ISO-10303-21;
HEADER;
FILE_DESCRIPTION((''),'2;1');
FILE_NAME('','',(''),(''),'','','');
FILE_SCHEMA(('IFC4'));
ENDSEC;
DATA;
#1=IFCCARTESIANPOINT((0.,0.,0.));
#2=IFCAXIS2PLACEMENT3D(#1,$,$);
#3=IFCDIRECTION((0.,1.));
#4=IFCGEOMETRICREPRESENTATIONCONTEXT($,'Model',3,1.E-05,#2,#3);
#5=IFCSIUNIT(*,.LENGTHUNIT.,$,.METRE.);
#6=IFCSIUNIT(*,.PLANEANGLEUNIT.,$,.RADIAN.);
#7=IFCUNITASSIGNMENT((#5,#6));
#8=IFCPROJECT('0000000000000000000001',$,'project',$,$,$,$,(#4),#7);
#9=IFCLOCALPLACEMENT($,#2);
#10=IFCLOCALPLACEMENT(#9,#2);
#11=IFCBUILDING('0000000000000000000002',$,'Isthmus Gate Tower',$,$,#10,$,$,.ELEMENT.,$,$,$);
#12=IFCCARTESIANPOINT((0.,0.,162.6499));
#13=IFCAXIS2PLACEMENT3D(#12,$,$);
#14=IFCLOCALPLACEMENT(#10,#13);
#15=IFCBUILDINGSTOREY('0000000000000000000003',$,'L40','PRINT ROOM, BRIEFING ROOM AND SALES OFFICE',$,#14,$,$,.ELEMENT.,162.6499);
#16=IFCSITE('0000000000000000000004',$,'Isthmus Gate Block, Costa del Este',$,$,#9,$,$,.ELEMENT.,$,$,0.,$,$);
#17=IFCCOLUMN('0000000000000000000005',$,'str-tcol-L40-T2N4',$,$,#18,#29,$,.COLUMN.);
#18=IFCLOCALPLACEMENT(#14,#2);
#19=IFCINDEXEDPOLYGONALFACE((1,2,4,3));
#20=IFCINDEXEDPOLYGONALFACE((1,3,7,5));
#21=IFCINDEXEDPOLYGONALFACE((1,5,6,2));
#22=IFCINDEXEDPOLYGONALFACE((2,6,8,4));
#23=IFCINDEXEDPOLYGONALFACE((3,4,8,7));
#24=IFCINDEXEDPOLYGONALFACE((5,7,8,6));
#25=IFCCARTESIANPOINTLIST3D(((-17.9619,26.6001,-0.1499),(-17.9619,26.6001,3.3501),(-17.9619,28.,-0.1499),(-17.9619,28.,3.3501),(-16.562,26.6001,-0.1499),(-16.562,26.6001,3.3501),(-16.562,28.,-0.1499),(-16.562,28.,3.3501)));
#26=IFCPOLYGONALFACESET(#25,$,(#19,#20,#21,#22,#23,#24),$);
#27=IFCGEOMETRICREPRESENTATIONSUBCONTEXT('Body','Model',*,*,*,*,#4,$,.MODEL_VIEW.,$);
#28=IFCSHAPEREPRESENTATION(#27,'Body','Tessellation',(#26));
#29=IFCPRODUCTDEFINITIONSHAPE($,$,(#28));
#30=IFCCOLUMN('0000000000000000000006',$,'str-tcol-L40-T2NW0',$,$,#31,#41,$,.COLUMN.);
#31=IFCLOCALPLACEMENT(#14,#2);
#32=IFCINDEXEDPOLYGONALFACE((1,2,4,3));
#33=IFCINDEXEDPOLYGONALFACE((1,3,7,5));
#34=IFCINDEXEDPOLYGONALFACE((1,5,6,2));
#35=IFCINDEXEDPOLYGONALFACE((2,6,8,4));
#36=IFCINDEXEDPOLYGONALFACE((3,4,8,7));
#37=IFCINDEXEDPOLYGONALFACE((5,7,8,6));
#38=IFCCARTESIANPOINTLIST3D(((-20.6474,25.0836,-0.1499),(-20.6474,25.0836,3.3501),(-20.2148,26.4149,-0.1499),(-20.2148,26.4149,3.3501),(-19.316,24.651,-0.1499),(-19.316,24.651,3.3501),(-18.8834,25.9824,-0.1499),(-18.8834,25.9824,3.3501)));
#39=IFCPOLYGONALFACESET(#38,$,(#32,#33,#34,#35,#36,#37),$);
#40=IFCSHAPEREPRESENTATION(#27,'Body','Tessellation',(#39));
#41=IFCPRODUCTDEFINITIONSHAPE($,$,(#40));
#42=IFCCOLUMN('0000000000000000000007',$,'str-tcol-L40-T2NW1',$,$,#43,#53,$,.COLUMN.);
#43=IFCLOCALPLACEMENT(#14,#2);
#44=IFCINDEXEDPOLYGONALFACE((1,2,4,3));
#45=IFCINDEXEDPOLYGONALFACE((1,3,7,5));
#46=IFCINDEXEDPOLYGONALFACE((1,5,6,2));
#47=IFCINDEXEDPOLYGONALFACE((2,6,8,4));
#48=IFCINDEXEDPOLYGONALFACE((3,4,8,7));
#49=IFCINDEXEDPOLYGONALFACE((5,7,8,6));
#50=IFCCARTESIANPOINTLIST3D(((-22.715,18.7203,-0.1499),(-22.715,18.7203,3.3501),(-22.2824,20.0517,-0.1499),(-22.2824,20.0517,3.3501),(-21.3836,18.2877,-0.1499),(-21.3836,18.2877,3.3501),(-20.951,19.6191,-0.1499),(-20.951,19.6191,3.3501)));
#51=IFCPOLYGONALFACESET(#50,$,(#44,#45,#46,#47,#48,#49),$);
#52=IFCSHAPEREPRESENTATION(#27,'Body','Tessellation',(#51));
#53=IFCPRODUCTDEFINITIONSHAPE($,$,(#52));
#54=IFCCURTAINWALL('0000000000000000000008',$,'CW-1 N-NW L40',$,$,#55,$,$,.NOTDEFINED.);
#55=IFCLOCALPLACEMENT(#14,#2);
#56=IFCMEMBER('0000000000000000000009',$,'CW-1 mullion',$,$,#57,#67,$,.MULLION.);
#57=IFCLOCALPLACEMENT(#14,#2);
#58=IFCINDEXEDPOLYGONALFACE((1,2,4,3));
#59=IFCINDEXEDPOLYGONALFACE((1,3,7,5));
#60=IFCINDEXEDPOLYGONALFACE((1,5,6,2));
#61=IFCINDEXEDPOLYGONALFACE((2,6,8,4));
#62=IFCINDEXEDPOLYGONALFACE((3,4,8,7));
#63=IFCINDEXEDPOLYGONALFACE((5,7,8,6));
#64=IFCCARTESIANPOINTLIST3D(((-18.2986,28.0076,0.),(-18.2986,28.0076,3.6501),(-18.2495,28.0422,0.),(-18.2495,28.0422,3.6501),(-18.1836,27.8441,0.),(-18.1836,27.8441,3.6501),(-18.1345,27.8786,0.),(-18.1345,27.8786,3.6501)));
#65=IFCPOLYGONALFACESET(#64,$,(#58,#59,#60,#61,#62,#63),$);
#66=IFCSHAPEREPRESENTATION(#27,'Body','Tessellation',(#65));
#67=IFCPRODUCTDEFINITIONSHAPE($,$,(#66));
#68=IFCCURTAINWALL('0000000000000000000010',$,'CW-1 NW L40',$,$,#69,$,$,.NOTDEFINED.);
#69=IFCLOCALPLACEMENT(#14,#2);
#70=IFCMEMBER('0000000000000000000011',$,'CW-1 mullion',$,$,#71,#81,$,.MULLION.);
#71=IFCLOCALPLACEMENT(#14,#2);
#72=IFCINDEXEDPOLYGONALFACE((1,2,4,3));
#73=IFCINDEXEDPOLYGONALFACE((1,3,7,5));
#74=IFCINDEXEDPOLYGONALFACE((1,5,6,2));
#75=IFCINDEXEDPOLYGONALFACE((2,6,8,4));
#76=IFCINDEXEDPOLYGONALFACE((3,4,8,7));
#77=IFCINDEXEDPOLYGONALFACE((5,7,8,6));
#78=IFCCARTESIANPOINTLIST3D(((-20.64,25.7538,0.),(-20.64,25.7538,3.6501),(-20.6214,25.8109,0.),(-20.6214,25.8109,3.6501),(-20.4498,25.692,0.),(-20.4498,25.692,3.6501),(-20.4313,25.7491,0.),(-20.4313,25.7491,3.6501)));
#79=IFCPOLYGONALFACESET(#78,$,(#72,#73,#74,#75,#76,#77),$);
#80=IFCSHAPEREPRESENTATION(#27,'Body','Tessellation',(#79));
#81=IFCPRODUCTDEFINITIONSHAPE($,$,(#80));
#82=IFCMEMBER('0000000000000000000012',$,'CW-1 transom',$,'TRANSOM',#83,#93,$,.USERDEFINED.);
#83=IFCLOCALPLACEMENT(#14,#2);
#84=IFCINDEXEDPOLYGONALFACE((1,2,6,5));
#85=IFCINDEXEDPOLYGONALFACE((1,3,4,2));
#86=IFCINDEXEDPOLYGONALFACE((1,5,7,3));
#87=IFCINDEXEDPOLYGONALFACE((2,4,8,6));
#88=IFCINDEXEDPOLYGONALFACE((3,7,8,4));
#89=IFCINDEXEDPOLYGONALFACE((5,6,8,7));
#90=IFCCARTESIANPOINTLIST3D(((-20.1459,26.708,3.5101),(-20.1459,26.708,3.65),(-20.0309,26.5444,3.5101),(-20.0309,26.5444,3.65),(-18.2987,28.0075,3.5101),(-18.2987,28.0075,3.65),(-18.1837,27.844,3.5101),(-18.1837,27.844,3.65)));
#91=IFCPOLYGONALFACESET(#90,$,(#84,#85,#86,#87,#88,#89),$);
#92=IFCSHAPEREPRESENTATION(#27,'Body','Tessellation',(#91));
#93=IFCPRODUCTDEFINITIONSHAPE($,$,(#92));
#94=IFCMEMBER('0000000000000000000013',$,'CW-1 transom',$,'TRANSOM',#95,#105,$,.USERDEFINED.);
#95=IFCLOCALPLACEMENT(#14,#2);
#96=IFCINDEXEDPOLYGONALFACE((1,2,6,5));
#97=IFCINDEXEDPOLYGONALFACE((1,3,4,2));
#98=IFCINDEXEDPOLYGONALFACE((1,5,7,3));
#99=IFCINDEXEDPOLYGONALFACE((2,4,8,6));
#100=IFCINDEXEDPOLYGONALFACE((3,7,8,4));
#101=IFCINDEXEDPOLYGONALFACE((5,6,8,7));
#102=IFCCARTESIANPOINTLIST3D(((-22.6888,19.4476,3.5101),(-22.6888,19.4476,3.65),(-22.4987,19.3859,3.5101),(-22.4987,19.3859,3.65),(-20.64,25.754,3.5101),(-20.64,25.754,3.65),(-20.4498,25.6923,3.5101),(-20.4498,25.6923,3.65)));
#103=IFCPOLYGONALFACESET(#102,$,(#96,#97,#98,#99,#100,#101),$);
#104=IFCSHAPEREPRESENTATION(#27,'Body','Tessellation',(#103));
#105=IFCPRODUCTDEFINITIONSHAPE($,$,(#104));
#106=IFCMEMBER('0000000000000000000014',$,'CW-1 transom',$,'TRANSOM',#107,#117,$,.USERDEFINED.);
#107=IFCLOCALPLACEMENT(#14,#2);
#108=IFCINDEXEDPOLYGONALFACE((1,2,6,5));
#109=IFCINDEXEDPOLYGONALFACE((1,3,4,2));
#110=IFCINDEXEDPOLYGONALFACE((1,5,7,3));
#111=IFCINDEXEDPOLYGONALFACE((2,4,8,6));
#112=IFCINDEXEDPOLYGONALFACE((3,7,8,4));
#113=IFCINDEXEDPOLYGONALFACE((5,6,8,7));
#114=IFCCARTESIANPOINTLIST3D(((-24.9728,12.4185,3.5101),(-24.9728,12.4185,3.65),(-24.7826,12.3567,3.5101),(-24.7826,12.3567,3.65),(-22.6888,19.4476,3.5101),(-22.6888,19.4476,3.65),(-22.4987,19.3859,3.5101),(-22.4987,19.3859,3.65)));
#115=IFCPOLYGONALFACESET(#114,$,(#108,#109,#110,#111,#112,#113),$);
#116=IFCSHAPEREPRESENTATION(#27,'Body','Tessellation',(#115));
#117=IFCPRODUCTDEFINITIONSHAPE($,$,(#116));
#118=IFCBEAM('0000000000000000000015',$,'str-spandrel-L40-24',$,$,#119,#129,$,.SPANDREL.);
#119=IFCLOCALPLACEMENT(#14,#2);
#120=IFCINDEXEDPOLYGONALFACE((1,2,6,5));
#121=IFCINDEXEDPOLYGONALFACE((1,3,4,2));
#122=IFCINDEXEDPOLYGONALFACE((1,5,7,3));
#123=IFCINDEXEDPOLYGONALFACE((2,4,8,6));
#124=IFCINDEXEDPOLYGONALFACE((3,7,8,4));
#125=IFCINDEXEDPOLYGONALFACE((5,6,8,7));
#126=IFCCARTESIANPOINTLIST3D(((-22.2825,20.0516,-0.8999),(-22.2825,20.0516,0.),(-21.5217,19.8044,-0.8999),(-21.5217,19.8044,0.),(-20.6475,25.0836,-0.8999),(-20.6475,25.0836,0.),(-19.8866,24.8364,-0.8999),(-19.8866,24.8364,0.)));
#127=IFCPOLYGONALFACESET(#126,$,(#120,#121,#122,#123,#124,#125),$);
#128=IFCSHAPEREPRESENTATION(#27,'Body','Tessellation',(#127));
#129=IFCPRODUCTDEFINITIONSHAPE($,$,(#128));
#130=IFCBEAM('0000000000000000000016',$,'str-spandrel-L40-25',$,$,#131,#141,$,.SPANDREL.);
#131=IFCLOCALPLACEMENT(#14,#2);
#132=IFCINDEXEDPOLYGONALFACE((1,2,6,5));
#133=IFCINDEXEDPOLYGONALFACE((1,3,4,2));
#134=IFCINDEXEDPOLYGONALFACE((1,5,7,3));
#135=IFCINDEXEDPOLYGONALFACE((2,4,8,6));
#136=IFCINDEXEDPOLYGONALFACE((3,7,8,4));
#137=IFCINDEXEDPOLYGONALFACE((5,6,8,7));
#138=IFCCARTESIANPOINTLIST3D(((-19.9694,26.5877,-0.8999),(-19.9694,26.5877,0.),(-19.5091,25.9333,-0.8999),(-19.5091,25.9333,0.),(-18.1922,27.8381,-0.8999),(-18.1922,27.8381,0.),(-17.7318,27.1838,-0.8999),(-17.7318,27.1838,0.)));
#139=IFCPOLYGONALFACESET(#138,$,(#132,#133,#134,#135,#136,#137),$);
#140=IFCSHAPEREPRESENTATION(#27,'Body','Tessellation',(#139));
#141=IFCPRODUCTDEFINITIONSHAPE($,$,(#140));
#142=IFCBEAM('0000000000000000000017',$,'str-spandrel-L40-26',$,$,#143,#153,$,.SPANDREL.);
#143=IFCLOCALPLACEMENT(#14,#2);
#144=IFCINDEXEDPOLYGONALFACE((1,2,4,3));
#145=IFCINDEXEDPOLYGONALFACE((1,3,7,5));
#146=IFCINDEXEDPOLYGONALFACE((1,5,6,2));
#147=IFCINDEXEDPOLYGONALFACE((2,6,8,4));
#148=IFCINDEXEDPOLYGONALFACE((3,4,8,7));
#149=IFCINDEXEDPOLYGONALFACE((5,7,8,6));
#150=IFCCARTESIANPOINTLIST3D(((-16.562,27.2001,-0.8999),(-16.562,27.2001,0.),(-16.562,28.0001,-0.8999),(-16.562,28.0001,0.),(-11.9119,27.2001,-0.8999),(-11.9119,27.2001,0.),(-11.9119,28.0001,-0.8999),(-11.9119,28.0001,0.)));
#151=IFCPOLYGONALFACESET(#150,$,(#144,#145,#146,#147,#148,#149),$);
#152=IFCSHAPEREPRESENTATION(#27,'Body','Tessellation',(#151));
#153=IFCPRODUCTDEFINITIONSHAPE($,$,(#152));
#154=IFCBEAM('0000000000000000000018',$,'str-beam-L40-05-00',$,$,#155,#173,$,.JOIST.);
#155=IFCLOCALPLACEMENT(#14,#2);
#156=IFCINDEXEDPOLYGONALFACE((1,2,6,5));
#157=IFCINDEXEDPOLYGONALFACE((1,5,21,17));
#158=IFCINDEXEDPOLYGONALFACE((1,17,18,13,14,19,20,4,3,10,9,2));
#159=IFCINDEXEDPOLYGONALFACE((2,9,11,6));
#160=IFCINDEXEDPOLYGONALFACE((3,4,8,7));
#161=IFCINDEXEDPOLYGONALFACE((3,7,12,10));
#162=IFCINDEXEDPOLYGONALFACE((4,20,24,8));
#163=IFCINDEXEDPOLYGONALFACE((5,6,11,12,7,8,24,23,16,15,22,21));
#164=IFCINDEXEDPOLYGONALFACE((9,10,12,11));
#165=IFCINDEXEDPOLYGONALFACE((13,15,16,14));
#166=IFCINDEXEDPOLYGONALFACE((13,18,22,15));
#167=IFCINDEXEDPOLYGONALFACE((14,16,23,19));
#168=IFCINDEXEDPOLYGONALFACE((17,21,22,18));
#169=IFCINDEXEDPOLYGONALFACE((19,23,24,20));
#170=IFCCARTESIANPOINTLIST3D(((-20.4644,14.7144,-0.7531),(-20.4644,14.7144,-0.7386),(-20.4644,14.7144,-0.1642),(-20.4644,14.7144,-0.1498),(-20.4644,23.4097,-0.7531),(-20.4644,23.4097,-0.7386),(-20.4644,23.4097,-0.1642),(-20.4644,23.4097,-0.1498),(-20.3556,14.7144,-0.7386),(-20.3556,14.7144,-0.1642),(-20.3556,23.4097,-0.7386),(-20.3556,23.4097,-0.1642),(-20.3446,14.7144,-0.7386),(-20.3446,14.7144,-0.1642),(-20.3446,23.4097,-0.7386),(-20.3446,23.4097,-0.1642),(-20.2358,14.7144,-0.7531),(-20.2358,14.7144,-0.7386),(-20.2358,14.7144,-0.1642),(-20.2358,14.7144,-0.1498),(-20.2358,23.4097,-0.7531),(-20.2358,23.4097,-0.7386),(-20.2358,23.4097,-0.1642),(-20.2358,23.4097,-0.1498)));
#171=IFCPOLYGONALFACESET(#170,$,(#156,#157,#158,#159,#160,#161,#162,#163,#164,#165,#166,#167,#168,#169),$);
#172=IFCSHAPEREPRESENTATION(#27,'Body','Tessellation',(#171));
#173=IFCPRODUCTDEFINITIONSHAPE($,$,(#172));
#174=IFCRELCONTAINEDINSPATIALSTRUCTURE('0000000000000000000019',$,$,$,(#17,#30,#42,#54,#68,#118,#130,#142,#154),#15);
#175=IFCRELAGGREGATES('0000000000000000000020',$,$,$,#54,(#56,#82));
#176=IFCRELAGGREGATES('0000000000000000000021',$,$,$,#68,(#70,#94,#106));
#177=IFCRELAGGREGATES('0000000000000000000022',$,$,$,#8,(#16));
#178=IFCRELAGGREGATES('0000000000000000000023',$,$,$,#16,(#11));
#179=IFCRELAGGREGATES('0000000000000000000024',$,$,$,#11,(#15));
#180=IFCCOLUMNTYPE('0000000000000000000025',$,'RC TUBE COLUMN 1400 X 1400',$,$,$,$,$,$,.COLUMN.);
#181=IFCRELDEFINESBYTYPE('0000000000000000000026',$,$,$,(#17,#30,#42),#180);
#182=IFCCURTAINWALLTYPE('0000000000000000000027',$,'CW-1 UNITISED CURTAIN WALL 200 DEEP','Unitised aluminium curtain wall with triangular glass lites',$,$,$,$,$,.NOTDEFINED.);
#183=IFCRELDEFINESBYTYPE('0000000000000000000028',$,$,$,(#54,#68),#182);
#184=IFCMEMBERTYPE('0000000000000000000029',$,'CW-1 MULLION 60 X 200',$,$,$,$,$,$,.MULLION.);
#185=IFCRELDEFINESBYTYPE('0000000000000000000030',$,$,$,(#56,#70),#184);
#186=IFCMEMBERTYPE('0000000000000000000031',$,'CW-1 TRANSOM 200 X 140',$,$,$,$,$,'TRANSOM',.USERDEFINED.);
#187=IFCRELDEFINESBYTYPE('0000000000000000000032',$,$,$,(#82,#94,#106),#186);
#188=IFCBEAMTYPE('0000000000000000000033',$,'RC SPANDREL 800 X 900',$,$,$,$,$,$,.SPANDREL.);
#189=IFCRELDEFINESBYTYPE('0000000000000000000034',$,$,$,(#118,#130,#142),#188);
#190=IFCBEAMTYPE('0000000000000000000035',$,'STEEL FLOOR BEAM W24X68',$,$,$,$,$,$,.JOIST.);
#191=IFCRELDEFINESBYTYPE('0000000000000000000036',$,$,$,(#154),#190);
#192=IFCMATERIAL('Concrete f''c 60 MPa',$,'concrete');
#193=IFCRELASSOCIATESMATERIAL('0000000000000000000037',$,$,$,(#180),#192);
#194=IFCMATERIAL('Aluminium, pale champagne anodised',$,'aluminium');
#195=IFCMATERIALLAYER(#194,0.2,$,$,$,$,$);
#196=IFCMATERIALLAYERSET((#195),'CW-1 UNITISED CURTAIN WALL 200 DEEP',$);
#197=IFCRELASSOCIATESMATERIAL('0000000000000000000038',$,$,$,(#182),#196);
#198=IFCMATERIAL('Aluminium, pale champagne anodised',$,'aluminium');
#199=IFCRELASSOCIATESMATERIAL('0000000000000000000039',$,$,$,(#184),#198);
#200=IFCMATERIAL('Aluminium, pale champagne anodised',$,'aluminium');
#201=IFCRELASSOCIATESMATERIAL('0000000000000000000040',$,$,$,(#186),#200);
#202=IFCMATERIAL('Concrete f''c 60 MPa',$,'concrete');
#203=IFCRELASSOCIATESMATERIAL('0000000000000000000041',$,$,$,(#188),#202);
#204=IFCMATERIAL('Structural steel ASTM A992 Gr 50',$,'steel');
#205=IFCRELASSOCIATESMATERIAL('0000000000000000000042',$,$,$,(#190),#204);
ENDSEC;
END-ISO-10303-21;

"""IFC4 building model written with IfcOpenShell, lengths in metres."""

from ifc_helpers import new_model, si_unit, direction, frame, origin, origin_2d, place, context, subcontext, project, spatial, rectangle, i_section, extrude, material, layer, layer_set, material_profile, profile_set, type_object, element, aggregate, save


model = new_model("IFC4")

# Units and contexts
model_context = context("Model", 3, precision=1e-05, world=origin(), true_north=direction((0.0, 1.0)))
body_context = subcontext(model_context, "Body", "Model", "MODEL_VIEW")
ifc_project = project(units=[si_unit("LENGTHUNIT", "METRE"), si_unit("PLANEANGLEUNIT", "RADIAN")], contexts=[model_context])

# Site, building, storey
site_placement = place(None, origin())
site = spatial("IfcSite", under=ifc_project, at=site_placement, Name="Isthmus Gate Block, Costa del Este", CompositionType="ELEMENT", RefElevation=0.0)
building_placement = place(site_placement, origin())
building = spatial("IfcBuilding", under=site, at=building_placement, Name="Isthmus Gate Tower", CompositionType="ELEMENT")
storey_placement = place(building_placement, frame((0.0, 0.0, 162.6499)))
storey = spatial("IfcBuildingStorey", under=building, at=storey_placement, Name="L40", Description="PRINT ROOM, BRIEFING ROOM AND SALES OFFICE", CompositionType="ELEMENT", Elevation=162.6499)

# Columns
ifc_material_1 = material(Name="Concrete f'c 60 MPa", Category="concrete")
ifc_material_profile_1 = material_profile(ifc_material_1, rectangle(XDim=1.3999, YDim=1.3999, at=origin_2d()), Name="RC 1400X1400")
ifc_profile_set_1 = profile_set([ifc_material_profile_1], Name="Concrete f'c 60 MPa")
column_type = type_object("IfcColumnType", Name="RC TUBE COLUMN 1400 X 1400", PredefinedType="COLUMN", material=ifc_profile_set_1)
for number, where, z_axis, x_axis, name in (
    (1, (-17.262, 27.3, -0.1499), (0.0, 0.0, 1.0), (-1.0, 0.0, 0.0), "str-tcol-L40-T2N4"),
    (2, (-19.7654, 25.533, -0.1499), (0.0, 0.0, 1.0), (-0.309017, -0.951057, 0.0), "str-tcol-L40-T2NW0"),
    (3, (-21.833, 19.1697, -0.1499), (0.0, 0.0, 1.0), (-0.309017, -0.951057, 0.0), "str-tcol-L40-T2NW1"),
):
    element("IfcColumn", number, at=place(storey_placement, frame(where, z_axis=z_axis, x_axis=x_axis)), inside=storey, type_object=column_type, Name=name, PredefinedType="COLUMN", context=body_context, shape_type="SweptSolid", body=[
        extrude(rectangle(XDim=1.3999, YDim=1.3999, at=origin_2d()), origin(), (0.0, 0.0, 1.0), 3.5),
    ])

# Curtain walls, members
ifc_material_2 = material(Name="Aluminium, pale champagne anodised", Category="aluminium")
ifc_layer_1 = layer(ifc_material_2, 0.2)
ifc_layer_set_1 = layer_set([ifc_layer_1], Name="CW-1 UNITISED CURTAIN WALL 200 DEEP")
curtain_wall_type = type_object("IfcCurtainWallType", Name="CW-1 UNITISED CURTAIN WALL 200 DEEP", Description="Unitised aluminium curtain wall with triangular glass lites", PredefinedType="NOTDEFINED", material=ifc_layer_set_1)
curtain_wall_1_placement = place(storey_placement, origin())
curtain_wall_1 = element("IfcCurtainWall", 4, at=curtain_wall_1_placement, inside=storey, type_object=curtain_wall_type, Name="CW-1 N-NW L40", PredefinedType="NOTDEFINED")
ifc_material_3 = material(Name="Aluminium, pale champagne anodised", Category="aluminium")
ifc_material_profile_2 = material_profile(ifc_material_3, rectangle(XDim=0.0601, YDim=0.2, at=origin_2d()), Name="60x200")
ifc_profile_set_2 = profile_set([ifc_material_profile_2], Name="Aluminium, pale champagne anodised")
member_type_1 = type_object("IfcMemberType", Name="CW-1 MULLION 60 X 200", PredefinedType="MULLION", material=ifc_profile_set_2)
member_1_placement = place(storey_placement, frame((-18.2166, 27.9431, 0.0), z_axis=(0.0, 0.0, 1.0), x_axis=(-0.81786, -0.575418, 0.0)))
member_1 = element("IfcMember", 5, at=member_1_placement, type_object=member_type_1, Name="CW-1 mullion", PredefinedType="MULLION", context=body_context, shape_type="SweptSolid", body=[
    extrude(rectangle(XDim=0.0601, YDim=0.2, at=origin_2d()), origin(), (0.0, 0.0, 1.0), 3.6501),
])
curtain_wall_2_placement = place(storey_placement, origin())
curtain_wall_2 = element("IfcCurtainWall", 6, at=curtain_wall_2_placement, inside=storey, type_object=curtain_wall_type, Name="CW-1 NW L40", PredefinedType="NOTDEFINED")
member_2_placement = place(storey_placement, frame((-20.5356, 25.7515, 0.0), z_axis=(0.0, 0.0, 1.0), x_axis=(-0.309017, -0.951057, 0.0)))
member_2 = element("IfcMember", 7, at=member_2_placement, type_object=member_type_1, Name="CW-1 mullion", PredefinedType="MULLION", context=body_context, shape_type="SweptSolid", body=[
    extrude(rectangle(XDim=0.0601, YDim=0.2, at=origin_2d()), origin(), (0.0, 0.0, 1.0), 3.6501),
])

# Members
ifc_material_4 = material(Name="Aluminium, pale champagne anodised", Category="aluminium")
ifc_material_profile_3 = material_profile(ifc_material_4, rectangle(XDim=0.2, YDim=0.1399, at=origin_2d()), Name="200x140")
ifc_profile_set_3 = profile_set([ifc_material_profile_3], Name="Aluminium, pale champagne anodised")
member_type_2 = type_object("IfcMemberType", Name="CW-1 TRANSOM 200 X 140", ElementType="TRANSOM", PredefinedType="USERDEFINED", material=ifc_profile_set_3)
member_3_placement = place(storey_placement, frame((-18.2412, 27.9258, 3.5801), z_axis=(-0.817869, -0.575405, 0.0), x_axis=(0.575405, -0.817869, 0.0)))
member_3 = element("IfcMember", 8, at=member_3_placement, type_object=member_type_2, Name="CW-1 transom", ObjectType="TRANSOM", PredefinedType="USERDEFINED", context=body_context, shape_type="SweptSolid", body=[
    extrude(rectangle(XDim=0.2, YDim=0.1399, at=origin_2d()), origin(), (0.0, 0.0, 1.0), 2.2585),
])
member_4_placement = place(storey_placement, frame((-20.5449, 25.7231, 3.5801), z_axis=(-0.308984, -0.951067, 0.0), x_axis=(0.951067, -0.308984, 0.0)))
member_4 = element("IfcMember", 9, at=member_4_placement, type_object=member_type_2, Name="CW-1 transom", ObjectType="TRANSOM", PredefinedType="USERDEFINED", context=body_context, shape_type="SweptSolid", body=[
    extrude(rectangle(XDim=0.2, YDim=0.1399, at=origin_2d()), origin(), (0.0, 0.0, 1.0), 6.6309),
])
member_5_placement = place(storey_placement, frame((-22.5938, 19.4167, 3.5801), z_axis=(-0.309024, -0.951054, 0.0), x_axis=(0.951054, -0.309024, 0.0)))
member_5 = element("IfcMember", 10, at=member_5_placement, type_object=member_type_2, Name="CW-1 transom", ObjectType="TRANSOM", PredefinedType="USERDEFINED", context=body_context, shape_type="SweptSolid", body=[
    extrude(rectangle(XDim=0.2, YDim=0.1399, at=origin_2d()), origin(), (0.0, 0.0, 1.0), 7.3909),
])

# Beams
ifc_material_5 = material(Name="Concrete f'c 60 MPa", Category="concrete")
ifc_material_profile_4 = material_profile(ifc_material_5, rectangle(XDim=0.8, YDim=0.8999, at=origin_2d()), Name="RC 800X900")
ifc_profile_set_4 = profile_set([ifc_material_profile_4], Name="Concrete f'c 60 MPa")
beam_type_1 = type_object("IfcBeamType", Name="RC SPANDREL 800 X 900", PredefinedType="SPANDREL", material=ifc_profile_set_4)
beam_1_placement = place(storey_placement, frame((-21.9021, 19.928, -0.45), z_axis=(0.30902, 0.951055, 0.0), x_axis=(-0.951055, 0.30902, 0.0)))
element("IfcBeam", 11, at=beam_1_placement, inside=storey, type_object=beam_type_1, Name="str-spandrel-L40-24", PredefinedType="SPANDREL", context=body_context, shape_type="SweptSolid", body=[
    extrude(rectangle(XDim=0.8, YDim=0.8999, at=origin_2d()), origin(), (0.0, 0.0, 1.0), 5.291),
])
beam_2_placement = place(storey_placement, frame((-19.7393, 26.2605, -0.45), z_axis=(0.817857, 0.575421, 0.0), x_axis=(-0.575421, 0.817857, 0.0)))
element("IfcBeam", 12, at=beam_2_placement, inside=storey, type_object=beam_type_1, Name="str-spandrel-L40-25", PredefinedType="SPANDREL", context=body_context, shape_type="SweptSolid", body=[
    extrude(rectangle(XDim=0.8, YDim=0.8999, at=origin_2d()), origin(), (0.0, 0.0, 1.0), 2.1731),
])
beam_3_placement = place(storey_placement, frame((-16.562, 27.6001, -0.45), z_axis=(1.0, 0.0, 0.0), x_axis=(0.0, 1.0, 0.0)))
element("IfcBeam", 13, at=beam_3_placement, inside=storey, type_object=beam_type_1, Name="str-spandrel-L40-26", PredefinedType="SPANDREL", context=body_context, shape_type="SweptSolid", body=[
    extrude(rectangle(XDim=0.8, YDim=0.8999, at=origin_2d()), origin(), (0.0, 0.0, 1.0), 4.6501),
])
ifc_material_6 = material(Name="Structural steel ASTM A992 Gr 50", Category="steel")
ifc_material_profile_5 = material_profile(ifc_material_6, i_section(OverallWidth=0.2285, OverallDepth=0.6033, WebThickness=0.011, FlangeThickness=0.0144, at=origin_2d()), Name="W24X68")
ifc_profile_set_5 = profile_set([ifc_material_profile_5], Name="Structural steel ASTM A992 Gr 50")
beam_type_2 = type_object("IfcBeamType", Name="STEEL FLOOR BEAM W24X68", PredefinedType="JOIST", material=ifc_profile_set_5)
beam_4_placement = place(storey_placement, frame((-20.3501, 14.7144, -0.4514), z_axis=(0.0, 1.0, 0.0), x_axis=(-1.0, 0.0, 0.0)))
element("IfcBeam", 14, at=beam_4_placement, inside=storey, type_object=beam_type_2, Name="str-beam-L40-05-00", PredefinedType="JOIST", context=body_context, shape_type="SweptSolid", body=[
    extrude(i_section(OverallWidth=0.2285, OverallDepth=0.6033, WebThickness=0.011, FlangeThickness=0.0144, at=origin_2d()), origin(), (0.0, 0.0, 1.0), 8.6953),
])

aggregate(curtain_wall_1, [member_1, member_3])

aggregate(curtain_wall_2, [member_2, member_4, member_5])

save(model, "model.ifc")
